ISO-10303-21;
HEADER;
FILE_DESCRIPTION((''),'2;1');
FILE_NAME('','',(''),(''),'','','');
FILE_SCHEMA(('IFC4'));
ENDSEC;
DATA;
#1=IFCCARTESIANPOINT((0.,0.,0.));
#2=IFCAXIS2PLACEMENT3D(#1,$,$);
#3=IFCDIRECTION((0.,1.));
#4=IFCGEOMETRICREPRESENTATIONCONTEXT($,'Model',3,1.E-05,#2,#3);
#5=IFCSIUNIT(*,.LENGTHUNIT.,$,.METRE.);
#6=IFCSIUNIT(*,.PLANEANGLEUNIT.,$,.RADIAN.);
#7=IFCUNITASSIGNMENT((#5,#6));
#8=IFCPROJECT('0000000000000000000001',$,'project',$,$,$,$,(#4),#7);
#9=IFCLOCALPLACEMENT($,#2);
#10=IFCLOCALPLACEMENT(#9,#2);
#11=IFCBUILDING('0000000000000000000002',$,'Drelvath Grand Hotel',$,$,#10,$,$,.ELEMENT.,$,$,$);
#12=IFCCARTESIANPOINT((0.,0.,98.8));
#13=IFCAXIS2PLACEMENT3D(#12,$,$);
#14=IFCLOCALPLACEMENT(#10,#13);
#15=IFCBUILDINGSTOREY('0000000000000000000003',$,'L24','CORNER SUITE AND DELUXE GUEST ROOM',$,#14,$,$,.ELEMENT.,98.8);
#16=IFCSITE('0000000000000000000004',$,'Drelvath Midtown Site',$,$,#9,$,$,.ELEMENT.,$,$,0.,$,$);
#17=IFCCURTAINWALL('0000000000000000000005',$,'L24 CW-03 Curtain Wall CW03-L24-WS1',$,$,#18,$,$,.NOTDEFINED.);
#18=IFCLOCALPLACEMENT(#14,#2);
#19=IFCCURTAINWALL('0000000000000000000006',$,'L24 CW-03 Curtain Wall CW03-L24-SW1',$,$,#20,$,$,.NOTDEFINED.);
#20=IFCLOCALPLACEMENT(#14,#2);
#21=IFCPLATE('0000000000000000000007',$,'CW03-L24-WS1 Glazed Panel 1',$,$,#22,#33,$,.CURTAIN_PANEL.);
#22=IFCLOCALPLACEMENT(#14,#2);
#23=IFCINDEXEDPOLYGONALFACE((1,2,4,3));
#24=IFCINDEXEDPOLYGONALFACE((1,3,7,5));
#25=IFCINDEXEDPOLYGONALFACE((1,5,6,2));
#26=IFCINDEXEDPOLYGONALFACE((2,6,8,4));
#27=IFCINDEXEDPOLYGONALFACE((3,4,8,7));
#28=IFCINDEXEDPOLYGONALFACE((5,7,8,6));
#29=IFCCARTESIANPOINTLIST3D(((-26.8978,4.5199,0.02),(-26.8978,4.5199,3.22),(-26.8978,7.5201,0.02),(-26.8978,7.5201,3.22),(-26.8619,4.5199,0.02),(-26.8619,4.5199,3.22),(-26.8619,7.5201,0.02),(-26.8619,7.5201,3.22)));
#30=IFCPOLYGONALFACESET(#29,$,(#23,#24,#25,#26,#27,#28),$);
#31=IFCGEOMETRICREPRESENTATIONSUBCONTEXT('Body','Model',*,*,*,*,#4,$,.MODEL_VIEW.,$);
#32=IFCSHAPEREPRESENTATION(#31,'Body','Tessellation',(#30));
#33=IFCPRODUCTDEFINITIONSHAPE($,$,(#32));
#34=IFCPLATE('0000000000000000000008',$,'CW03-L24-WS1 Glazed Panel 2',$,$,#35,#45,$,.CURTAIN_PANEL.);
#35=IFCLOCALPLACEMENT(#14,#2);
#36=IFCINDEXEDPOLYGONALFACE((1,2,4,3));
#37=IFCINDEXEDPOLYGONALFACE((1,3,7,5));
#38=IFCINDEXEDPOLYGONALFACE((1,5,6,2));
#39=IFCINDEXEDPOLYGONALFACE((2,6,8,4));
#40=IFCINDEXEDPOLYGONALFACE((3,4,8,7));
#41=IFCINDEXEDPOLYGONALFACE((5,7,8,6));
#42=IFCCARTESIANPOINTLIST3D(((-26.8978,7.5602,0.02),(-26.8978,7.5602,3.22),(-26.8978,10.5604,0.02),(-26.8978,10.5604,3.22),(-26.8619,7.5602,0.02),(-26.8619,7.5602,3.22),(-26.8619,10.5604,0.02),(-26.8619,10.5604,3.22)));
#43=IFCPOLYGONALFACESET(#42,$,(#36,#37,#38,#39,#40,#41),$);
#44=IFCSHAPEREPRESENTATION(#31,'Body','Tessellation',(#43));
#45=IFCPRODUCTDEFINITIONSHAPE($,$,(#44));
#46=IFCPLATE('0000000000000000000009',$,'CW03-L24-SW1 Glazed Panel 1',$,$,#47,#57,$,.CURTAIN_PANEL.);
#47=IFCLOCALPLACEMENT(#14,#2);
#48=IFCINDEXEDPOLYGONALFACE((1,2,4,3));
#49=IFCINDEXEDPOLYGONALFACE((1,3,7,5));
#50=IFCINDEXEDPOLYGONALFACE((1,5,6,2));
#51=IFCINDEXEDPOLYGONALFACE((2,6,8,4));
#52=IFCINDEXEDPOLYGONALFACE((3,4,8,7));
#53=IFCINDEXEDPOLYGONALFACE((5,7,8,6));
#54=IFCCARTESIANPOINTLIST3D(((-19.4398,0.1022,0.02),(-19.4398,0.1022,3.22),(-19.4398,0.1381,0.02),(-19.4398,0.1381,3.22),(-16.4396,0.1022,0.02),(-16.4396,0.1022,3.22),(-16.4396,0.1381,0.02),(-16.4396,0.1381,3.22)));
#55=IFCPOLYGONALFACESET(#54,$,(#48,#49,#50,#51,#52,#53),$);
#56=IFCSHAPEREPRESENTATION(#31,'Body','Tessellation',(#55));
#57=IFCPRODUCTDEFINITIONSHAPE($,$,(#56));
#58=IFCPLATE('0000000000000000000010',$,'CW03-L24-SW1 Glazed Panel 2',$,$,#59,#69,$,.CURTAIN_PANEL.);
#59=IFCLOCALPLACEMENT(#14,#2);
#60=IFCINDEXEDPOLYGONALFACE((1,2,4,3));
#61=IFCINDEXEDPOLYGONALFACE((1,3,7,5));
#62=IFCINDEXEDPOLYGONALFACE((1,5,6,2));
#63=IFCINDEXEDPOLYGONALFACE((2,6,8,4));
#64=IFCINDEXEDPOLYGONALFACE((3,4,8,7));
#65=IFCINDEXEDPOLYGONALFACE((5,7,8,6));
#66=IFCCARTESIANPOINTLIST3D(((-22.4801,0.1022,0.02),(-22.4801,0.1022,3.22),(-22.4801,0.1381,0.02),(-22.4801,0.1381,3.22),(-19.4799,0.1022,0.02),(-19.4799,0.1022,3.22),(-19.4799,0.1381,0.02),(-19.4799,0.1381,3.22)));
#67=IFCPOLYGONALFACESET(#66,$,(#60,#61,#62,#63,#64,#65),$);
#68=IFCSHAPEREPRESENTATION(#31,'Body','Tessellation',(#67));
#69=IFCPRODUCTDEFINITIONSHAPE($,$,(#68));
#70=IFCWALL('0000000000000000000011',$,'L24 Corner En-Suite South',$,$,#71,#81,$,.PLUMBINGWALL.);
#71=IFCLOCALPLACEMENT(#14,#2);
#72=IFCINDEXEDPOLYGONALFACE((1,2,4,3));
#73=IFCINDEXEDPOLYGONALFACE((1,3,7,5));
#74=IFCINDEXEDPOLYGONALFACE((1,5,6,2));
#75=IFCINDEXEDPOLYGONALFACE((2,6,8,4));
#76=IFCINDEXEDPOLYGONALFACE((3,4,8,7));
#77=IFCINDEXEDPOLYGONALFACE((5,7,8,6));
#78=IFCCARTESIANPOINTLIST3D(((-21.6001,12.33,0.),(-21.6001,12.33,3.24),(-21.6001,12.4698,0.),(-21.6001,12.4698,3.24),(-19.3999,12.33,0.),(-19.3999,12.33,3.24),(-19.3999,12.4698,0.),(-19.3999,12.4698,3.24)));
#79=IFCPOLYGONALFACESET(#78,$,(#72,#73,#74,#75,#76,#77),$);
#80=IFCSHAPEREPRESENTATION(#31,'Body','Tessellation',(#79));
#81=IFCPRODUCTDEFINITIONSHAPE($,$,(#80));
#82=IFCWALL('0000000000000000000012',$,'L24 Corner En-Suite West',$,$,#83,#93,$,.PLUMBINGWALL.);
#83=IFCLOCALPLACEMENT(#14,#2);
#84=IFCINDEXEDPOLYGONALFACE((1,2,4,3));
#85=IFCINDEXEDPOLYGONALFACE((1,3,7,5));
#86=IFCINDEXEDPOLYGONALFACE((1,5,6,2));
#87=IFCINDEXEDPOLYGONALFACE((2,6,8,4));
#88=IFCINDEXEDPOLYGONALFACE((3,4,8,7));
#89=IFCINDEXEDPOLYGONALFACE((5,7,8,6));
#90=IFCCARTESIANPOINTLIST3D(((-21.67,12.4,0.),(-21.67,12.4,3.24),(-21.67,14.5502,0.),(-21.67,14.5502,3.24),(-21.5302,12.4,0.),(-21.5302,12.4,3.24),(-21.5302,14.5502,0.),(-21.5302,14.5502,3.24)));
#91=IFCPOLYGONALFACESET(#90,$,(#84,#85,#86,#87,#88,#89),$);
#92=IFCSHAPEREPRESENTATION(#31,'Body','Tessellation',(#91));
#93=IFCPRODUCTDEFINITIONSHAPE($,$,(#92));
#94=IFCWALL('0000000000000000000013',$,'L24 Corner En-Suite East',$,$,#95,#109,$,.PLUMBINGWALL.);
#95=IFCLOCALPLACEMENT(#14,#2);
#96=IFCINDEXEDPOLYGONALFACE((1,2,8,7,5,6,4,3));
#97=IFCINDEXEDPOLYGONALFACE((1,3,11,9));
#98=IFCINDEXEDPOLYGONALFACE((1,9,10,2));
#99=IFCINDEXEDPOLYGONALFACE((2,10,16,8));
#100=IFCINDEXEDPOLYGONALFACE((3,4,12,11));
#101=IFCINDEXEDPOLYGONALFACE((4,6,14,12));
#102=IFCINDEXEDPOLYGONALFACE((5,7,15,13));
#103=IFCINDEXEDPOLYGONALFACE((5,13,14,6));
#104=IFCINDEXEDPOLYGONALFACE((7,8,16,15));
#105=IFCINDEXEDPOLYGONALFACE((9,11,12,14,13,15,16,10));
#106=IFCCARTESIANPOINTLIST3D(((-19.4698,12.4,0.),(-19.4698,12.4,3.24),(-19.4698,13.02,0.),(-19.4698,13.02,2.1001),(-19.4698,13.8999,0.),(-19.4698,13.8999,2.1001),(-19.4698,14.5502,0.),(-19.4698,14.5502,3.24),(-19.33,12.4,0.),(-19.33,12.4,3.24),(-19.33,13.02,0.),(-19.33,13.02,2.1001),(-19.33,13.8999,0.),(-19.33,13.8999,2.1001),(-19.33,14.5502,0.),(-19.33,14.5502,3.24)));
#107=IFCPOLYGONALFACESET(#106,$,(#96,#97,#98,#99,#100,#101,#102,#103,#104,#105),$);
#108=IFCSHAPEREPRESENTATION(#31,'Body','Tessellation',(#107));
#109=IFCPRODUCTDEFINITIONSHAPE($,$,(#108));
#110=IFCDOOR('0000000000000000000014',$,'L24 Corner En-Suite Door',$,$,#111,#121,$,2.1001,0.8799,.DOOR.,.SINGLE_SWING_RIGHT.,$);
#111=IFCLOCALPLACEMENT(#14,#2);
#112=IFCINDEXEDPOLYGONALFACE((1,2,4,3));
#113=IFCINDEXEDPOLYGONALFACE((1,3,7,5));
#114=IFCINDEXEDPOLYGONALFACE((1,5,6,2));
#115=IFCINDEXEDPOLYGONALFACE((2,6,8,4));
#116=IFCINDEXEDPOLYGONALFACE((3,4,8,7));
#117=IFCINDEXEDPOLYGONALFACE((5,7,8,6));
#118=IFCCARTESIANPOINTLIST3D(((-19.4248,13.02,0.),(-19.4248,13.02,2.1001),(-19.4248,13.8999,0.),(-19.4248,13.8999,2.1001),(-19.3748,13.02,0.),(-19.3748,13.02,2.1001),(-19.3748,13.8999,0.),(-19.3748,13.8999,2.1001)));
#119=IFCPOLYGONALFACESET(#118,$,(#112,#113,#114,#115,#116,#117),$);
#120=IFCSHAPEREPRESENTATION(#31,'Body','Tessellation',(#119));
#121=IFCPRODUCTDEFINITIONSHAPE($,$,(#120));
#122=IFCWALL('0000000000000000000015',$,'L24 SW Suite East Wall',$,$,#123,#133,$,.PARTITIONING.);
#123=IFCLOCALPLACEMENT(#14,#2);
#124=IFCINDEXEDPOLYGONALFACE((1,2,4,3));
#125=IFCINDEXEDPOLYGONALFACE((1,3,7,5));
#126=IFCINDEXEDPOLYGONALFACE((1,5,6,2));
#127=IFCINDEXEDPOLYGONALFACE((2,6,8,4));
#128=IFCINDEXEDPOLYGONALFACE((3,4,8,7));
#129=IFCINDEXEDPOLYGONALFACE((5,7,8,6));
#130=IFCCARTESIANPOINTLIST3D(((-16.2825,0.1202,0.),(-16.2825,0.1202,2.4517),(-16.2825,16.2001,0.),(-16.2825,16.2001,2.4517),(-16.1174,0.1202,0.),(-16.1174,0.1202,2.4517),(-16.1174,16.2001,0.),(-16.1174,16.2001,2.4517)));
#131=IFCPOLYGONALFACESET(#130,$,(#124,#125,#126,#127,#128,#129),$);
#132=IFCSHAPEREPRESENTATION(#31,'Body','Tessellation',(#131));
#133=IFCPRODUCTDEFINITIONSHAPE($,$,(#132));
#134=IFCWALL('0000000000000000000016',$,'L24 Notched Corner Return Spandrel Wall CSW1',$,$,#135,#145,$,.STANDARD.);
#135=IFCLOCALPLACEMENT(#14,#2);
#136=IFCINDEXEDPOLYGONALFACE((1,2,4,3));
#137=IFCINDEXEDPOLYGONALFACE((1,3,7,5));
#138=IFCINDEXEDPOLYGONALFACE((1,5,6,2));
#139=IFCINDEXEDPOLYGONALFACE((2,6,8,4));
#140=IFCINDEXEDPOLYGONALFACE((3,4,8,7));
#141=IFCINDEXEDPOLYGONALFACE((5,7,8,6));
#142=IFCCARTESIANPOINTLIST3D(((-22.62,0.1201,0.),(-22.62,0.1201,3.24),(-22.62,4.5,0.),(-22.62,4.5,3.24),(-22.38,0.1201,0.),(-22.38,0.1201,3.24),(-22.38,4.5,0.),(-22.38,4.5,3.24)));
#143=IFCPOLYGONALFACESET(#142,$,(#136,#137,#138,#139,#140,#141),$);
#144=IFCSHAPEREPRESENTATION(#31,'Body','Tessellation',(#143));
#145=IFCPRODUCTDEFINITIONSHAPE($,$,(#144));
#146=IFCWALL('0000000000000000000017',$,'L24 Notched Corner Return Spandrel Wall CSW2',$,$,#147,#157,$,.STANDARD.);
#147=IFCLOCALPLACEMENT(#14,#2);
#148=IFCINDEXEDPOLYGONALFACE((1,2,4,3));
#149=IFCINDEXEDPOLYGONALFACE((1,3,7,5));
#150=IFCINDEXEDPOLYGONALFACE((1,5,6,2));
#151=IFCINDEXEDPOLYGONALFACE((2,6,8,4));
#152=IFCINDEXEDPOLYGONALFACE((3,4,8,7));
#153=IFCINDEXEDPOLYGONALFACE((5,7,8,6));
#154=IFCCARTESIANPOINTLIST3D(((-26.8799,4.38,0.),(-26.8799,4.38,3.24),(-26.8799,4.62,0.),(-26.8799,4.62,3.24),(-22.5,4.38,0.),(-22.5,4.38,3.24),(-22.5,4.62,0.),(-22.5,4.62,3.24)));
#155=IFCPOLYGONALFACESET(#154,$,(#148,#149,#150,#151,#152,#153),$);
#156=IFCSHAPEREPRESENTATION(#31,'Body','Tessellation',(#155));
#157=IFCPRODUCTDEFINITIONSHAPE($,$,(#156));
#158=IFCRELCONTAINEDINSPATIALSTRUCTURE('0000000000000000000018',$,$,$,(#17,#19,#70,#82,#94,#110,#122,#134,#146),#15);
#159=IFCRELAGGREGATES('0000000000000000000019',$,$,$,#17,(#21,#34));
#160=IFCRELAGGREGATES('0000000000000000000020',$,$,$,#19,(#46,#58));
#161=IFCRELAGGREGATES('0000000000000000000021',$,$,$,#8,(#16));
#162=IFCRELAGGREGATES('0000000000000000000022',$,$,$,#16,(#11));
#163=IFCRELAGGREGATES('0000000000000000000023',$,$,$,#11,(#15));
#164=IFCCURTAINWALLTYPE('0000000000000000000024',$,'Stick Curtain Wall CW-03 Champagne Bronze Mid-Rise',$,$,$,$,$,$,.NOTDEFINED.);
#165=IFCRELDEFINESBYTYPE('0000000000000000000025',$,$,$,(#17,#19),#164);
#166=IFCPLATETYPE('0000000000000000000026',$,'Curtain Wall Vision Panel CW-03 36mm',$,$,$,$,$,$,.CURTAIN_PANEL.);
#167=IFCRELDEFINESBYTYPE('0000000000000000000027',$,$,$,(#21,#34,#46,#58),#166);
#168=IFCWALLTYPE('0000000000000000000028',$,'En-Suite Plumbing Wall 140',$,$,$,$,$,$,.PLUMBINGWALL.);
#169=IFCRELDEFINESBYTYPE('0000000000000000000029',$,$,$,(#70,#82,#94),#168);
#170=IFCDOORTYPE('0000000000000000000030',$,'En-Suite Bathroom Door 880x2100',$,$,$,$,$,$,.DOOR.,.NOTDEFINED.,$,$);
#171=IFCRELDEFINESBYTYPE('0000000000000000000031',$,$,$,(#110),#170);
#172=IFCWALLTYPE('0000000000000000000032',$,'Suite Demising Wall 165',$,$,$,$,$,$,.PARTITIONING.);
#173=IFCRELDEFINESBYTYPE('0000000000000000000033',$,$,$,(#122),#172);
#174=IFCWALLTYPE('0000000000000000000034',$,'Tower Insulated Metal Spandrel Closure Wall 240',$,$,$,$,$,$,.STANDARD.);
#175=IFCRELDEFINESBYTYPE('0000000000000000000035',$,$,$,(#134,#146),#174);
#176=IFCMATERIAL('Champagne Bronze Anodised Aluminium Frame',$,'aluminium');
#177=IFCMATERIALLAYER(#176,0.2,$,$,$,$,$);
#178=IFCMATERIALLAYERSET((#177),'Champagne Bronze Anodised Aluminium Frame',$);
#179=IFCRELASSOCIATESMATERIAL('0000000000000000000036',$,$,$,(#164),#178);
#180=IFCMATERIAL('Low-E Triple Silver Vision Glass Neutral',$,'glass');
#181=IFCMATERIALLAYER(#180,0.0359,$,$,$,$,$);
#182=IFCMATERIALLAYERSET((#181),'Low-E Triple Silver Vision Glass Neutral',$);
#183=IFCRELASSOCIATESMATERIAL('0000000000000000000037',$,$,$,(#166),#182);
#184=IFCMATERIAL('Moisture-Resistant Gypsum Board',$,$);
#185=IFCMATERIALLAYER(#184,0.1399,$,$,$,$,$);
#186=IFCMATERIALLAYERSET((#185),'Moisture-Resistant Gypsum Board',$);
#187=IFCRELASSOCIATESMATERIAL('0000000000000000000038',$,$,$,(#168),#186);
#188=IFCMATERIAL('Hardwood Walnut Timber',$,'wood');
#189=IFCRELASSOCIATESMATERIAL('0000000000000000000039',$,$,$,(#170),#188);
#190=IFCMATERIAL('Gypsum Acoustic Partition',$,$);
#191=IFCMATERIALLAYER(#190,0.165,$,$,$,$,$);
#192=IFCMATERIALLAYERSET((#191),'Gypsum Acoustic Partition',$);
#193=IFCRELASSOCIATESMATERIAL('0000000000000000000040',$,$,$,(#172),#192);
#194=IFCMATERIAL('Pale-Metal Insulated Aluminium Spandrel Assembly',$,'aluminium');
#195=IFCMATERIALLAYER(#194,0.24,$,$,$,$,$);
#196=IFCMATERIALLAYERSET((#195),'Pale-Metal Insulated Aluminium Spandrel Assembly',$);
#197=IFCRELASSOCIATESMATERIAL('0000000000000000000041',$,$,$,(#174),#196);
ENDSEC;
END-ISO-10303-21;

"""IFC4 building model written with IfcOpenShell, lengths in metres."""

from ifc_helpers import new_model, si_unit, direction, frame, frame_2d, origin, origin_2d, place, context, subcontext, project, spatial, rectangle, extrude, material, layer, layer_set, type_object, element, fill, aggregate, save


model = new_model("IFC4")

# Units and contexts
model_context = context("Model", 3, precision=1e-05, world=origin(), true_north=direction((0.0, 1.0)))
body_context = subcontext(model_context, "Body", "Model", "MODEL_VIEW")
ifc_project = project(units=[si_unit("LENGTHUNIT", "METRE"), si_unit("PLANEANGLEUNIT", "RADIAN")], contexts=[model_context])

# Site, building, storey
site_placement = place(None, origin())
site = spatial("IfcSite", under=ifc_project, at=site_placement, Name="Drelvath Midtown Site", CompositionType="ELEMENT", RefElevation=0.0)
building_placement = place(site_placement, origin())
building = spatial("IfcBuilding", under=site, at=building_placement, Name="Drelvath Grand Hotel", CompositionType="ELEMENT")
storey_placement = place(building_placement, frame((0.0, 0.0, 98.8)))
storey = spatial("IfcBuildingStorey", under=building, at=storey_placement, Name="L24", Description="CORNER SUITE AND DELUXE GUEST ROOM", CompositionType="ELEMENT", Elevation=98.8)

# Curtain walls
ifc_material_1 = material(Name="Champagne Bronze Anodised Aluminium Frame", Category="aluminium")
ifc_layer_1 = layer(ifc_material_1, 0.2)
ifc_layer_set_1 = layer_set([ifc_layer_1], Name="Champagne Bronze Anodised Aluminium Frame")
curtain_wall_type = type_object("IfcCurtainWallType", Name="Stick Curtain Wall CW-03 Champagne Bronze Mid-Rise", PredefinedType="NOTDEFINED", material=ifc_layer_set_1)
curtain_wall_1_placement = place(storey_placement, origin())
curtain_wall_1 = element("IfcCurtainWall", 1, at=curtain_wall_1_placement, inside=storey, type_object=curtain_wall_type, Name="L24 CW-03 Curtain Wall CW03-L24-WS1", PredefinedType="NOTDEFINED")
curtain_wall_2_placement = place(storey_placement, origin())
curtain_wall_2 = element("IfcCurtainWall", 2, at=curtain_wall_2_placement, inside=storey, type_object=curtain_wall_type, Name="L24 CW-03 Curtain Wall CW03-L24-SW1", PredefinedType="NOTDEFINED")

# Plates
ifc_material_2 = material(Name="Low-E Triple Silver Vision Glass Neutral", Category="glass")
ifc_layer_2 = layer(ifc_material_2, 0.0359)
ifc_layer_set_2 = layer_set([ifc_layer_2], Name="Low-E Triple Silver Vision Glass Neutral")
plate_type = type_object("IfcPlateType", Name="Curtain Wall Vision Panel CW-03 36mm", PredefinedType="CURTAIN_PANEL", material=ifc_layer_set_2)
plate_1_placement = place(storey_placement, frame((-26.8799, 6.02, 0.02), z_axis=(0.0, 0.0, 1.0), x_axis=(0.0, 1.0, 0.0)))
plate_1 = element("IfcPlate", 3, at=plate_1_placement, type_object=plate_type, Name="CW03-L24-WS1 Glazed Panel 1", PredefinedType="CURTAIN_PANEL", context=body_context, shape_type="SweptSolid", body=[
    extrude(rectangle(XDim=3.0002, YDim=0.0359, at=origin_2d()), origin(), (0.0, 0.0, 1.0), 3.2),
])
plate_2_placement = place(storey_placement, frame((-26.8799, 9.0603, 0.02), z_axis=(0.0, 0.0, 1.0), x_axis=(0.0, 1.0, 0.0)))
plate_2 = element("IfcPlate", 4, at=plate_2_placement, type_object=plate_type, Name="CW03-L24-WS1 Glazed Panel 2", PredefinedType="CURTAIN_PANEL", context=body_context, shape_type="SweptSolid", body=[
    extrude(rectangle(XDim=3.0002, YDim=0.0359, at=origin_2d()), origin(), (0.0, 0.0, 1.0), 3.2),
])
aggregate(curtain_wall_1, [plate_1, plate_2])
plate_3_placement = place(storey_placement, frame((-17.9397, 0.1201, 0.02), z_axis=(0.0, 0.0, 1.0), x_axis=(-1.0, 0.0, 0.0)))
plate_3 = element("IfcPlate", 5, at=plate_3_placement, type_object=plate_type, Name="CW03-L24-SW1 Glazed Panel 1", PredefinedType="CURTAIN_PANEL", context=body_context, shape_type="SweptSolid", body=[
    extrude(rectangle(XDim=3.0002, YDim=0.0359, at=origin_2d()), origin(), (0.0, 0.0, 1.0), 3.2),
])
plate_4_placement = place(storey_placement, frame((-20.98, 0.1201, 0.02), z_axis=(0.0, 0.0, 1.0), x_axis=(-1.0, 0.0, 0.0)))
plate_4 = element("IfcPlate", 6, at=plate_4_placement, type_object=plate_type, Name="CW03-L24-SW1 Glazed Panel 2", PredefinedType="CURTAIN_PANEL", context=body_context, shape_type="SweptSolid", body=[
    extrude(rectangle(XDim=3.0002, YDim=0.0359, at=origin_2d()), origin(), (0.0, 0.0, 1.0), 3.2),
])
aggregate(curtain_wall_2, [plate_3, plate_4])

# Walls
ifc_material_3 = material(Name="Moisture-Resistant Gypsum Board")
ifc_layer_3 = layer(ifc_material_3, 0.1399)
ifc_layer_set_3 = layer_set([ifc_layer_3], Name="Moisture-Resistant Gypsum Board")
wall_type_1 = type_object("IfcWallType", Name="En-Suite Plumbing Wall 140", PredefinedType="PLUMBINGWALL", material=ifc_layer_set_3)
wall_1_placement = place(storey_placement, frame((-21.6001, 12.3999, 0.0), z_axis=(0.0, 0.0, 1.0), x_axis=(1.0, 0.0, 0.0)))
element("IfcWall", 7, at=wall_1_placement, inside=storey, type_object=wall_type_1, Name="L24 Corner En-Suite South", PredefinedType="PLUMBINGWALL", context=body_context, shape_type="SweptSolid", body=[
    extrude(rectangle(XDim=2.2002, YDim=0.1399, at=frame_2d((1.1001, 0.0))), origin(), (0.0, 0.0, 1.0), 3.24),
])
wall_2_placement = place(storey_placement, frame((-21.6001, 12.3999, 0.0), z_axis=(0.0, 0.0, 1.0), x_axis=(0.0, 1.0, 0.0)))
element("IfcWall", 8, at=wall_2_placement, inside=storey, type_object=wall_type_1, Name="L24 Corner En-Suite West", PredefinedType="PLUMBINGWALL", context=body_context, shape_type="SweptSolid", body=[
    extrude(rectangle(XDim=2.1501, YDim=0.1399, at=frame_2d((1.0752, 0.0))), origin(), (0.0, 0.0, 1.0), 3.24),
])

# Wall, opening, door
wall_3_placement = place(storey_placement, frame((-19.3999, 12.3999, 0.0), z_axis=(0.0, 0.0, 1.0), x_axis=(0.0, 1.0, 0.0)))
wall_3 = element("IfcWall", 9, at=wall_3_placement, inside=storey, type_object=wall_type_1, Name="L24 Corner En-Suite East", PredefinedType="PLUMBINGWALL", context=body_context, shape_type="SweptSolid", body=[
    extrude(rectangle(XDim=2.1501, YDim=0.1399, at=frame_2d((1.0752, 0.0))), origin(), (0.0, 0.0, 1.0), 3.24),
])
opening_placement = place(wall_3_placement, frame((0.6201, 0.0, 0.0)))
opening = element("IfcOpeningElement", 10, at=opening_placement, cuts=wall_3, PredefinedType="OPENING", context=body_context, shape_type="SweptSolid", body=[
    extrude(rectangle(XDim=0.8799, YDim=2.1001, at=frame_2d((0.4399, 1.05))), frame((0.0, 0.0798, 0.0), z_axis=(0.0, -1.0, 0.0), x_axis=(1.0, 0.0, 0.0)), (0.0, 0.0, 1.0), 0.1599),
])
ifc_material_4 = material(Name="Hardwood Walnut Timber", Category="wood")
door_type = type_object("IfcDoorType", Name="En-Suite Bathroom Door 880x2100", OperationType="NOTDEFINED", PredefinedType="DOOR", material=ifc_material_4)
door_placement = place(opening_placement, origin())
door = element("IfcDoor", 11, at=door_placement, inside=storey, type_object=door_type, Name="L24 Corner En-Suite Door", OperationType="SINGLE_SWING_RIGHT", OverallHeight=2.1001, OverallWidth=0.8799, PredefinedType="DOOR", context=body_context, shape_type="SweptSolid", body=[
    extrude(rectangle(XDim=0.8799, YDim=2.1001, at=frame_2d((0.4399, 1.05))), frame((0.0, 0.0249, 0.0), z_axis=(0.0, -1.0, 0.0), x_axis=(1.0, 0.0, 0.0)), (0.0, 0.0, 1.0), 0.05),
])
fill(opening, door)

# Walls
ifc_material_5 = material(Name="Gypsum Acoustic Partition")
ifc_layer_4 = layer(ifc_material_5, 0.165)
ifc_layer_set_4 = layer_set([ifc_layer_4], Name="Gypsum Acoustic Partition")
wall_type_2 = type_object("IfcWallType", Name="Suite Demising Wall 165", PredefinedType="PARTITIONING", material=ifc_layer_set_4)
wall_4_placement = place(storey_placement, frame((-16.2, 0.1201, 0.0), z_axis=(0.0, 0.0, 1.0), x_axis=(0.0, 1.0, 0.0)))
element("IfcWall", 12, at=wall_4_placement, inside=storey, type_object=wall_type_2, Name="L24 SW Suite East Wall", PredefinedType="PARTITIONING", context=body_context, shape_type="SweptSolid", body=[
    extrude(rectangle(XDim=16.0798, YDim=0.165, at=frame_2d((8.04, 0.0))), origin(), (0.0, 0.0, 1.0), 2.4517),
])
ifc_material_6 = material(Name="Pale-Metal Insulated Aluminium Spandrel Assembly", Category="aluminium")
ifc_layer_5 = layer(ifc_material_6, 0.24)
ifc_layer_set_5 = layer_set([ifc_layer_5], Name="Pale-Metal Insulated Aluminium Spandrel Assembly")
wall_type_3 = type_object("IfcWallType", Name="Tower Insulated Metal Spandrel Closure Wall 240", PredefinedType="STANDARD", material=ifc_layer_set_5)
for number, where, z_axis, x_axis, name in (
    (13, (-22.5, 0.1201, 0.0), (0.0, 0.0, 1.0), (0.0, 1.0, 0.0), "L24 Notched Corner Return Spandrel Wall CSW1"),
    (14, (-22.5, 4.5, 0.0), (0.0, 0.0, 1.0), (-1.0, 0.0, 0.0), "L24 Notched Corner Return Spandrel Wall CSW2"),
):
    element("IfcWall", number, at=place(storey_placement, frame(where, z_axis=z_axis, x_axis=x_axis)), inside=storey, type_object=wall_type_3, Name=name, PredefinedType="STANDARD", context=body_context, shape_type="SweptSolid", body=[
        extrude(rectangle(XDim=4.3799, YDim=0.24, at=frame_2d((2.1899, 0.0))), origin(), (0.0, 0.0, 1.0), 3.24),
    ])

save(model, "model.ifc")
